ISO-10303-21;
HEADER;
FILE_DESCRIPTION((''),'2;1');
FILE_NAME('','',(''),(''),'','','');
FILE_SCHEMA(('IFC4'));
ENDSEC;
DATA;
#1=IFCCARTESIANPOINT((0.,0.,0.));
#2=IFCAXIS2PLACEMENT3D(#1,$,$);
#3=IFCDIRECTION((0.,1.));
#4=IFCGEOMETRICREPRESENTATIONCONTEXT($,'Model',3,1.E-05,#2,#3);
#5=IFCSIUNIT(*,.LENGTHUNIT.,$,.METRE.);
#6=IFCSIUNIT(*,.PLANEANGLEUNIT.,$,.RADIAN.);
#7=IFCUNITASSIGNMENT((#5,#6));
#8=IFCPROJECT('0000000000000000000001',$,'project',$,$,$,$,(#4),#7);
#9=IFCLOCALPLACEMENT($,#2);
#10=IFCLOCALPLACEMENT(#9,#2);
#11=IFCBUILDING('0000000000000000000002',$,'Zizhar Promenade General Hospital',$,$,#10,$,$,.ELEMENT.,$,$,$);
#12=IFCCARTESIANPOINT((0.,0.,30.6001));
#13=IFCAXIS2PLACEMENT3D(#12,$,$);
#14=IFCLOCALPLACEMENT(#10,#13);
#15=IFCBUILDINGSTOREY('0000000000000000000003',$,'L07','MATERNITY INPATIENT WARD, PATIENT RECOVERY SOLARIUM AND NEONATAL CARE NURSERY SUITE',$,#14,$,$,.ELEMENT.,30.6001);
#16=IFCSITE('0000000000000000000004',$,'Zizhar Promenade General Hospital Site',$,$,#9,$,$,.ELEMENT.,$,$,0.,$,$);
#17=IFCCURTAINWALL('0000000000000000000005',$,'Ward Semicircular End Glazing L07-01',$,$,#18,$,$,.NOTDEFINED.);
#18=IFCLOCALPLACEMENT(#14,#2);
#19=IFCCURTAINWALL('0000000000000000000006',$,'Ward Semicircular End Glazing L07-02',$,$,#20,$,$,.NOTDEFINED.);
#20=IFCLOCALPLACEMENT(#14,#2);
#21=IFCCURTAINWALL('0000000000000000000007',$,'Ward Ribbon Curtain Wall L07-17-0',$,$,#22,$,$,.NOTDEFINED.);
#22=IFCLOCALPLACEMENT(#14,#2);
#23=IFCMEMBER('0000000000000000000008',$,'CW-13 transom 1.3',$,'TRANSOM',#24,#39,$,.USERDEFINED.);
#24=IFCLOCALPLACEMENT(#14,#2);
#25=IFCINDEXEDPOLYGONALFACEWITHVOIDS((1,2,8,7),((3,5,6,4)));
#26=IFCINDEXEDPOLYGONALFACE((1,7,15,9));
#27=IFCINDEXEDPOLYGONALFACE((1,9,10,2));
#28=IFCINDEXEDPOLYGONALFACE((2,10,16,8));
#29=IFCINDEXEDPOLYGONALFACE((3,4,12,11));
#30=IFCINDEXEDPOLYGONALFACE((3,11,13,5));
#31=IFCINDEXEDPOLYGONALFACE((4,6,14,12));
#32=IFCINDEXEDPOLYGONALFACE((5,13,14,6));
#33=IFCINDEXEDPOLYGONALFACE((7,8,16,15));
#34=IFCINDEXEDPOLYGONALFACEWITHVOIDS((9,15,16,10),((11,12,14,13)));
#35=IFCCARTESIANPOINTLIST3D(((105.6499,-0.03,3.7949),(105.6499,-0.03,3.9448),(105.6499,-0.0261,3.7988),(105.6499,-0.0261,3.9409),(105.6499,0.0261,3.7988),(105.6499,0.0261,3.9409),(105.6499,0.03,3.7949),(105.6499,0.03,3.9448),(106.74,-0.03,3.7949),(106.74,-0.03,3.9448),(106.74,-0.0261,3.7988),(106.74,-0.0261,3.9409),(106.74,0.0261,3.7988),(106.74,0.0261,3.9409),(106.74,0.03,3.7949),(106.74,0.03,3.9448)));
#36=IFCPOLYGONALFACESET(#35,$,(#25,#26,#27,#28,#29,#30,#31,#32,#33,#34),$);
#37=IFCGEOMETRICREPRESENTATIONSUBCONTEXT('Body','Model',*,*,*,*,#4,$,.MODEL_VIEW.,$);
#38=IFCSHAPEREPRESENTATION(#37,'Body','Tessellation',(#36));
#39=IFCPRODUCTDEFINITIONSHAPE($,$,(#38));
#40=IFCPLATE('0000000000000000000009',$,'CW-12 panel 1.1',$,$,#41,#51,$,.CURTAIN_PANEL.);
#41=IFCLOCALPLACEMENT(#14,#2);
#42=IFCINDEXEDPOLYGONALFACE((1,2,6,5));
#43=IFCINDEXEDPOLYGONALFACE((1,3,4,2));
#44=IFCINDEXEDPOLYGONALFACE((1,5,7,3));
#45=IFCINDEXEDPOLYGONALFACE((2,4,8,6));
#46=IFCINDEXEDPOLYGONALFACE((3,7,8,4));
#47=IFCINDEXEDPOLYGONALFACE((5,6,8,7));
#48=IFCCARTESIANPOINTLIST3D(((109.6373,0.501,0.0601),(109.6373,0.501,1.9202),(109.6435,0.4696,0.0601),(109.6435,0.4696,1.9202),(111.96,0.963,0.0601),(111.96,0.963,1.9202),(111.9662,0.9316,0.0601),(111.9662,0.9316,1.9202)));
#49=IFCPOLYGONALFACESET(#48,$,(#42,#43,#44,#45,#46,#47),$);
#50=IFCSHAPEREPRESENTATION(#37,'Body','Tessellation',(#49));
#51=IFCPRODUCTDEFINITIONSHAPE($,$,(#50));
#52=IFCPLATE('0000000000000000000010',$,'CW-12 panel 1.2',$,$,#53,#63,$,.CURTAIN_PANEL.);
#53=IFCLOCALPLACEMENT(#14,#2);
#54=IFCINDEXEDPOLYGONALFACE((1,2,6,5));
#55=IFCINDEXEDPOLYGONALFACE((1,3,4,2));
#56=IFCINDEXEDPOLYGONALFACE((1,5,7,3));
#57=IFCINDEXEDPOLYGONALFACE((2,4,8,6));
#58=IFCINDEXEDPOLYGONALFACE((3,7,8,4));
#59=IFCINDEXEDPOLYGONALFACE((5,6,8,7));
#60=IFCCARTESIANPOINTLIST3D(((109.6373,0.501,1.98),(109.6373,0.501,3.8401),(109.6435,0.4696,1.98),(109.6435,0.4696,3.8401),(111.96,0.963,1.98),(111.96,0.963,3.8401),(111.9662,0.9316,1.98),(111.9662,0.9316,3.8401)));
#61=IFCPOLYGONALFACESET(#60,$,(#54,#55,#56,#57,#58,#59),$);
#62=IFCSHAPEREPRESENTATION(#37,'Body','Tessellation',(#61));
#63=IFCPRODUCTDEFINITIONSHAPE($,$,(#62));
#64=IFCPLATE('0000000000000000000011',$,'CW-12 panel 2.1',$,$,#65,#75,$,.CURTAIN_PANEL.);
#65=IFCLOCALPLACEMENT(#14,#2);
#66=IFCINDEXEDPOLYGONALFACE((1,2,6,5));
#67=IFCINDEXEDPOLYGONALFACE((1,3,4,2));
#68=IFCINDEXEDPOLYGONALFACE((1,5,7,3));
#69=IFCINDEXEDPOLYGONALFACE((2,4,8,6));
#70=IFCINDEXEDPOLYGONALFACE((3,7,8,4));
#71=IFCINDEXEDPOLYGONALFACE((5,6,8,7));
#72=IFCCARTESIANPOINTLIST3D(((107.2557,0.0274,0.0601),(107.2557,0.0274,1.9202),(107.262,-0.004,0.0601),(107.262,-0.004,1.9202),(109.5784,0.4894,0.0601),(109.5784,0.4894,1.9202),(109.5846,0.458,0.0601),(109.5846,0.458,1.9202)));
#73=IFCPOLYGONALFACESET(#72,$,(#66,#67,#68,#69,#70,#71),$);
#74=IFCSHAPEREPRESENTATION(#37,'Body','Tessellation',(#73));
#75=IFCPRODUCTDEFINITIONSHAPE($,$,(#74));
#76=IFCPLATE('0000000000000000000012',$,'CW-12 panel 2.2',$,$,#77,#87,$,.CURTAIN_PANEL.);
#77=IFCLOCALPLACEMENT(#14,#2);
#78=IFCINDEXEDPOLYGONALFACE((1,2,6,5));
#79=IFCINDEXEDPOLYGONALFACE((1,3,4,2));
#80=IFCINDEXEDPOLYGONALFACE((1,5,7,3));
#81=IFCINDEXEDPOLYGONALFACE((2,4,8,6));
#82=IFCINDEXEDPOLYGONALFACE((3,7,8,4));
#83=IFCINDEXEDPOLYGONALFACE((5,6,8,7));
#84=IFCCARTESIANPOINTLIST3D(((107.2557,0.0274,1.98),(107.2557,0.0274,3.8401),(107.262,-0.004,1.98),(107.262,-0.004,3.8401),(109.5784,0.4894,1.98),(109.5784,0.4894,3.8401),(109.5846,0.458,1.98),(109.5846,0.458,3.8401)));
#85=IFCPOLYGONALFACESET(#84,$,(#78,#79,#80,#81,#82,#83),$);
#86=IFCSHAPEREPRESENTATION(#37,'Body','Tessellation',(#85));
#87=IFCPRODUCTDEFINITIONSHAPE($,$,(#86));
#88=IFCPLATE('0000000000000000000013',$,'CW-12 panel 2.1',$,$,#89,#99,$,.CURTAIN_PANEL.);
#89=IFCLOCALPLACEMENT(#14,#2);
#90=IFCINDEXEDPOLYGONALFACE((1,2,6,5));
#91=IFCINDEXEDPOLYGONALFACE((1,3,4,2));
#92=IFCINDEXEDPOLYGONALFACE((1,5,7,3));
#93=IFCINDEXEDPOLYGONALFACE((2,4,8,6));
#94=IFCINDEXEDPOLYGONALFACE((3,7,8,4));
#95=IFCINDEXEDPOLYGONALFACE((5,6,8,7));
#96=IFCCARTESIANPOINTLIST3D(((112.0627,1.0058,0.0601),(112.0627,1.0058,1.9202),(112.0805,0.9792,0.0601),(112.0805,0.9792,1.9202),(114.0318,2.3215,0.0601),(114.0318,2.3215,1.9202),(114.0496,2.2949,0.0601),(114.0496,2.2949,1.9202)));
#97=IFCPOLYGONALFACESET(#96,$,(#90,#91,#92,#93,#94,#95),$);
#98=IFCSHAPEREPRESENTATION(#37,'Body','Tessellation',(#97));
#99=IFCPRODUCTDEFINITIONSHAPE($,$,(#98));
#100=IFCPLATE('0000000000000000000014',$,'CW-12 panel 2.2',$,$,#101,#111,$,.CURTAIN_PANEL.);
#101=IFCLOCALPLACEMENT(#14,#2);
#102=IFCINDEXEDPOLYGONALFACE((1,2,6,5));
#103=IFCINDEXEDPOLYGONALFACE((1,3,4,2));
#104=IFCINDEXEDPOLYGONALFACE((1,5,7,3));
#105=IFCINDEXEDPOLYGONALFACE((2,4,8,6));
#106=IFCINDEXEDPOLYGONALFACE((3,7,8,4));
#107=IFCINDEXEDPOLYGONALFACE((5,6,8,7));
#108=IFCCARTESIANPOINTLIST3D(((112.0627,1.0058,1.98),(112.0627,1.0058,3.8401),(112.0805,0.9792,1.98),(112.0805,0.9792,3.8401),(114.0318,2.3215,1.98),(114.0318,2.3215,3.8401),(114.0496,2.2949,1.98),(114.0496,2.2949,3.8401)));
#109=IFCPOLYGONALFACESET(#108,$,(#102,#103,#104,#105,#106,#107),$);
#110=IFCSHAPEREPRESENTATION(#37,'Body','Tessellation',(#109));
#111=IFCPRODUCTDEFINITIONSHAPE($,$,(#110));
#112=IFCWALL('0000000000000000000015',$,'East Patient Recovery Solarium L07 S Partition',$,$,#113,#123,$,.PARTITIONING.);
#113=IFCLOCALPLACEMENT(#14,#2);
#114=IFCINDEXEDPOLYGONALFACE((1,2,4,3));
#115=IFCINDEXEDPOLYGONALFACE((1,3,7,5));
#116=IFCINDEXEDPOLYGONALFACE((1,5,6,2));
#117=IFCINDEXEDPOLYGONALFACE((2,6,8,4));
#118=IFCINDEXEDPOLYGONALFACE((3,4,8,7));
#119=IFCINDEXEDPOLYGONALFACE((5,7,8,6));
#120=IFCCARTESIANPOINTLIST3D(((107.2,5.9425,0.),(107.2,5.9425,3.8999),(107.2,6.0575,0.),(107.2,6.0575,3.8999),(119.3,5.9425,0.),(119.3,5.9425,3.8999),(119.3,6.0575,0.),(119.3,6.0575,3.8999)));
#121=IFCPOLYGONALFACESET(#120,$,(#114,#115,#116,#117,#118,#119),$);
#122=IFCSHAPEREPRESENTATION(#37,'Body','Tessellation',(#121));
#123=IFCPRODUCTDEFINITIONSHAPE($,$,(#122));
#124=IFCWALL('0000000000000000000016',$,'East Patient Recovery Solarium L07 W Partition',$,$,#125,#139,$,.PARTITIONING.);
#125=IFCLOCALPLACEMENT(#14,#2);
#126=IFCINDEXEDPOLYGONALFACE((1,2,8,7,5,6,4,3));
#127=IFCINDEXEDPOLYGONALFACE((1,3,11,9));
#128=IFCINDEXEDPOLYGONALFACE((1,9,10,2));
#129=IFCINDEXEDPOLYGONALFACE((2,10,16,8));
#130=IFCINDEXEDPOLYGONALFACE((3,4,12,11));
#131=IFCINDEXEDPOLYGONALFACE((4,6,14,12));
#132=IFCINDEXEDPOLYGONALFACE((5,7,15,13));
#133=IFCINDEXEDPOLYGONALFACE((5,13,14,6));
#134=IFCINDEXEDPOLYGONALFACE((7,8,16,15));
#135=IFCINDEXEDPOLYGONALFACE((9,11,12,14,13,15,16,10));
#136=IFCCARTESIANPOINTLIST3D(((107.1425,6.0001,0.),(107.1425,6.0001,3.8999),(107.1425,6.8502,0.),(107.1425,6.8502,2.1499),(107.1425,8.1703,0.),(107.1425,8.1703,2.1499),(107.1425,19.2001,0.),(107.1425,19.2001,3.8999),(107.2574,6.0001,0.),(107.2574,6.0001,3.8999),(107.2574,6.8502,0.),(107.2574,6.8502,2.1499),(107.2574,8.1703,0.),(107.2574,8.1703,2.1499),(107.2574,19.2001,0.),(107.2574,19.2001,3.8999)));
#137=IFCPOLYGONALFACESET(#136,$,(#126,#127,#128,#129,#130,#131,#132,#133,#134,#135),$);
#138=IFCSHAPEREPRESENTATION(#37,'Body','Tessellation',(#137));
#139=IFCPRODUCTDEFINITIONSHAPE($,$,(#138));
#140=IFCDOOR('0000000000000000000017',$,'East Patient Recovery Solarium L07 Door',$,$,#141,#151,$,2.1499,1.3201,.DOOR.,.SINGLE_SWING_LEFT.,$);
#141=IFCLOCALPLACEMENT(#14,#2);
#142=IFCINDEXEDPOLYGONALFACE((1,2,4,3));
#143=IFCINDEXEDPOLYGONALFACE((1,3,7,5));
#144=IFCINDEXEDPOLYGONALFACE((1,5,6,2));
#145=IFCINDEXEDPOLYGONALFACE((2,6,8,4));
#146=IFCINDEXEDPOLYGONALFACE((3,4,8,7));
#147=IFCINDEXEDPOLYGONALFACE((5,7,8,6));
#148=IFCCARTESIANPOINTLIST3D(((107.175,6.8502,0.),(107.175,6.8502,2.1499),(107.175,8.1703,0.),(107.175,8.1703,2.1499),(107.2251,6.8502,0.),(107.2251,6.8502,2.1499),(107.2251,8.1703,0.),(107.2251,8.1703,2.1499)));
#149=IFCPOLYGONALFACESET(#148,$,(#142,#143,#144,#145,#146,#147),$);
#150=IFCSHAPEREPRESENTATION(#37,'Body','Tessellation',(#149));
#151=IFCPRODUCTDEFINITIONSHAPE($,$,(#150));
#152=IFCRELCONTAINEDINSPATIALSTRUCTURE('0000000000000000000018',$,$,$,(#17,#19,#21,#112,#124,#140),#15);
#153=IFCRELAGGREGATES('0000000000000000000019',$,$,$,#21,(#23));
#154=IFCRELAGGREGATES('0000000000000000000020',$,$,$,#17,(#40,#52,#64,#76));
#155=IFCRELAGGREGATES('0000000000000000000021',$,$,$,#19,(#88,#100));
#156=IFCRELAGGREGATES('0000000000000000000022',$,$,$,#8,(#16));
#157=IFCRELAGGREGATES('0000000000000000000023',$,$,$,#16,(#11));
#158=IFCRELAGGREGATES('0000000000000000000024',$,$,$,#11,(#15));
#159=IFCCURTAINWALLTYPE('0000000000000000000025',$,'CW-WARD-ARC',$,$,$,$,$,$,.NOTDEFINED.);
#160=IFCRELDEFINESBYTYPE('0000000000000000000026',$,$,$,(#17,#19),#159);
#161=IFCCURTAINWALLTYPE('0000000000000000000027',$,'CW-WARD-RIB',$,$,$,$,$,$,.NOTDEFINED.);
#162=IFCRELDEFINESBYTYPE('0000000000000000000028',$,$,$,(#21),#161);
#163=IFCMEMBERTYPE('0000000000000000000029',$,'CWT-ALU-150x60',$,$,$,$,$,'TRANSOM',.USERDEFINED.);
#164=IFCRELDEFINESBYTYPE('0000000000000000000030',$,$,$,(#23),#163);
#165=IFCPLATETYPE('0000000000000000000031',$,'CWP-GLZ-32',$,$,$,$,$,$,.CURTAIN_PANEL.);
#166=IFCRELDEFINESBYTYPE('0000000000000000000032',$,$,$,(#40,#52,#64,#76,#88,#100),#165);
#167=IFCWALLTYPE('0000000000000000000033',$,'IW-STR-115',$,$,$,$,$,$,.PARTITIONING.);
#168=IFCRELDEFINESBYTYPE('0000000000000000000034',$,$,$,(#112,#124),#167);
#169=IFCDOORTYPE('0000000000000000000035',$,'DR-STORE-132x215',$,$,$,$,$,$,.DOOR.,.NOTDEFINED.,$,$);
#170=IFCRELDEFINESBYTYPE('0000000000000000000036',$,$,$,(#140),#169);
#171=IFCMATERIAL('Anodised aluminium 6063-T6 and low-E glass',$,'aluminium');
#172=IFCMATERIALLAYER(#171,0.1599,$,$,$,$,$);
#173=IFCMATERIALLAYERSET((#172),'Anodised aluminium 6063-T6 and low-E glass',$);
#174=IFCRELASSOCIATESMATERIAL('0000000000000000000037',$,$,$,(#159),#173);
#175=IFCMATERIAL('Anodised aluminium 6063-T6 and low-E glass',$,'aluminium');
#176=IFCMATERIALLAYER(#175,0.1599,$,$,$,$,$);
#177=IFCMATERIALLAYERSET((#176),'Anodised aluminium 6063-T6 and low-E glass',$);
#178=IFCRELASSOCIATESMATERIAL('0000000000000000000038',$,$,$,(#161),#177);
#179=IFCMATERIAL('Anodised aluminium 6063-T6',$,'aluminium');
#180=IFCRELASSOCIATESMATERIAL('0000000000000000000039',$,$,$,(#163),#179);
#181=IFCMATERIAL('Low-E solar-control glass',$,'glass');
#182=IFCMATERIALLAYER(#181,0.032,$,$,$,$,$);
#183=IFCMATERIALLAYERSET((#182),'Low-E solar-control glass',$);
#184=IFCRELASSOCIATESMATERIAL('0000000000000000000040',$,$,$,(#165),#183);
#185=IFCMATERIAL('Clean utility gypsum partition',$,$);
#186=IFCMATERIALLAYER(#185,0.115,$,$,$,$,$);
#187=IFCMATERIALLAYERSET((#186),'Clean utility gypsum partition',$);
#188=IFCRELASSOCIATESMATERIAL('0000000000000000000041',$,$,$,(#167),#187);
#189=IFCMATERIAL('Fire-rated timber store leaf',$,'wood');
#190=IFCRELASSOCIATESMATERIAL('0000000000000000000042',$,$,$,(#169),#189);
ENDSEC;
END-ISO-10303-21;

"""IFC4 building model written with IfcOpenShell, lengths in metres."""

from ifc_helpers import new_model, si_unit, direction, frame, frame_2d, origin, origin_2d, place, context, subcontext, project, spatial, rectangle, hollow_rectangle, extrude, material, layer, layer_set, material_profile, profile_set, type_object, element, fill, aggregate, save


model = new_model("IFC4")

# Units and contexts
model_context = context("Model", 3, precision=1e-05, world=origin(), true_north=direction((0.0, 1.0)))
body_context = subcontext(model_context, "Body", "Model", "MODEL_VIEW")
ifc_project = project(units=[si_unit("LENGTHUNIT", "METRE"), si_unit("PLANEANGLEUNIT", "RADIAN")], contexts=[model_context])

# Site, building, storey
site_placement = place(None, origin())
site = spatial("IfcSite", under=ifc_project, at=site_placement, Name="Zizhar Promenade General Hospital Site", CompositionType="ELEMENT", RefElevation=0.0)
building_placement = place(site_placement, origin())
building = spatial("IfcBuilding", under=site, at=building_placement, Name="Zizhar Promenade General Hospital", CompositionType="ELEMENT")
storey_placement = place(building_placement, frame((0.0, 0.0, 30.6001)))
storey = spatial("IfcBuildingStorey", under=building, at=storey_placement, Name="L07", Description="MATERNITY INPATIENT WARD, PATIENT RECOVERY SOLARIUM AND NEONATAL CARE NURSERY SUITE", CompositionType="ELEMENT", Elevation=30.6001)

# Curtain wall
ifc_material_1 = material(Name="Anodised aluminium 6063-T6 and low-E glass", Category="aluminium")
ifc_layer_1 = layer(ifc_material_1, 0.1599)
ifc_layer_set_1 = layer_set([ifc_layer_1], Name="Anodised aluminium 6063-T6 and low-E glass")
curtain_wall_type_1 = type_object("IfcCurtainWallType", Name="CW-WARD-ARC", PredefinedType="NOTDEFINED", material=ifc_layer_set_1)
curtain_wall_1_placement = place(storey_placement, origin())
curtain_wall_1 = element("IfcCurtainWall", 1, at=curtain_wall_1_placement, inside=storey, type_object=curtain_wall_type_1, Name="Ward Semicircular End Glazing L07-01", PredefinedType="NOTDEFINED")

# Curtain walls
curtain_wall_2_placement = place(storey_placement, origin())
curtain_wall_2 = element("IfcCurtainWall", 2, at=curtain_wall_2_placement, inside=storey, type_object=curtain_wall_type_1, Name="Ward Semicircular End Glazing L07-02", PredefinedType="NOTDEFINED")
ifc_material_2 = material(Name="Anodised aluminium 6063-T6 and low-E glass", Category="aluminium")
ifc_layer_2 = layer(ifc_material_2, 0.1599)
ifc_layer_set_2 = layer_set([ifc_layer_2], Name="Anodised aluminium 6063-T6 and low-E glass")
curtain_wall_type_2 = type_object("IfcCurtainWallType", Name="CW-WARD-RIB", PredefinedType="NOTDEFINED", material=ifc_layer_set_2)
curtain_wall_3_placement = place(storey_placement, origin())
curtain_wall_3 = element("IfcCurtainWall", 3, at=curtain_wall_3_placement, inside=storey, type_object=curtain_wall_type_2, Name="Ward Ribbon Curtain Wall L07-17-0", PredefinedType="NOTDEFINED")

# Member
ifc_material_3 = material(Name="Anodised aluminium 6063-T6", Category="aluminium")
ifc_material_profile_1 = material_profile(ifc_material_3, hollow_rectangle(XDim=0.0601, YDim=0.1499, WallThickness=0.0039, at=origin_2d()))
ifc_profile_set_1 = profile_set([ifc_material_profile_1], Name="Anodised aluminium 6063-T6")
member_type_1 = type_object("IfcMemberType", Name="CWT-ALU-150x60", ElementType="TRANSOM", PredefinedType="USERDEFINED", material=ifc_profile_set_1)
member_1_placement = place(storey_placement, frame((106.74, 0.0, 3.8699), z_axis=(-1.0, 0.0, 0.0), x_axis=(0.0, -1.0, 0.0)))
member_1 = element("IfcMember", 4, at=member_1_placement, type_object=member_type_1, Name="CW-13 transom 1.3", ObjectType="TRANSOM", PredefinedType="USERDEFINED", context=body_context, shape_type="SweptSolid", body=[
    extrude(hollow_rectangle(XDim=0.0601, YDim=0.1499, WallThickness=0.0039, at=origin_2d()), origin(), (0.0, 0.0, 1.0), 1.0901),
])
aggregate(curtain_wall_3, [member_1])

# Plates
ifc_material_4 = material(Name="Low-E solar-control glass", Category="glass")
ifc_layer_3 = layer(ifc_material_4, 0.032)
ifc_layer_set_3 = layer_set([ifc_layer_3], Name="Low-E solar-control glass")
plate_type = type_object("IfcPlateType", Name="CWP-GLZ-32", PredefinedType="CURTAIN_PANEL", material=ifc_layer_set_3)
plate_1_placement = place(storey_placement, frame((110.8018, 0.7163, 0.0601), z_axis=(0.0, 0.0, 1.0), x_axis=(-0.980786, -0.195087, 0.0)))
plate_1 = element("IfcPlate", 5, at=plate_1_placement, type_object=plate_type, Name="CW-12 panel 1.1", PredefinedType="CURTAIN_PANEL", context=body_context, shape_type="SweptSolid", body=[
    extrude(rectangle(XDim=2.3682, YDim=0.032, at=origin_2d()), origin(), (0.0, 0.0, 1.0), 1.8601),
])
plate_2_placement = place(storey_placement, frame((110.8018, 0.7163, 1.98), z_axis=(0.0, 0.0, 1.0), x_axis=(-0.980786, -0.195087, 0.0)))
plate_2 = element("IfcPlate", 6, at=plate_2_placement, type_object=plate_type, Name="CW-12 panel 1.2", PredefinedType="CURTAIN_PANEL", context=body_context, shape_type="SweptSolid", body=[
    extrude(rectangle(XDim=2.3682, YDim=0.032, at=origin_2d()), origin(), (0.0, 0.0, 1.0), 1.8601),
])
plate_3_placement = place(storey_placement, frame((108.4202, 0.2427, 0.0601), z_axis=(0.0, 0.0, 1.0), x_axis=(-0.980786, -0.195087, 0.0)))
plate_3 = element("IfcPlate", 7, at=plate_3_placement, type_object=plate_type, Name="CW-12 panel 2.1", PredefinedType="CURTAIN_PANEL", context=body_context, shape_type="SweptSolid", body=[
    extrude(rectangle(XDim=2.3682, YDim=0.032, at=origin_2d()), origin(), (0.0, 0.0, 1.0), 1.8601),
])
plate_4_placement = place(storey_placement, frame((108.4202, 0.2427, 1.98), z_axis=(0.0, 0.0, 1.0), x_axis=(-0.980786, -0.195087, 0.0)))
plate_4 = element("IfcPlate", 8, at=plate_4_placement, type_object=plate_type, Name="CW-12 panel 2.2", PredefinedType="CURTAIN_PANEL", context=body_context, shape_type="SweptSolid", body=[
    extrude(rectangle(XDim=2.3682, YDim=0.032, at=origin_2d()), origin(), (0.0, 0.0, 1.0), 1.8601),
])
aggregate(curtain_wall_1, [plate_1, plate_2, plate_3, plate_4])
plate_5_placement = place(storey_placement, frame((113.0562, 1.6504, 0.0601), z_axis=(0.0, 0.0, 1.0), x_axis=(-0.831462, -0.555582, 0.0)))
plate_5 = element("IfcPlate", 9, at=plate_5_placement, type_object=plate_type, Name="CW-12 panel 2.1", PredefinedType="CURTAIN_PANEL", context=body_context, shape_type="SweptSolid", body=[
    extrude(rectangle(XDim=2.3682, YDim=0.032, at=origin_2d()), origin(), (0.0, 0.0, 1.0), 1.8601),
])
plate_6_placement = place(storey_placement, frame((113.0562, 1.6504, 1.98), z_axis=(0.0, 0.0, 1.0), x_axis=(-0.831462, -0.555582, 0.0)))
plate_6 = element("IfcPlate", 10, at=plate_6_placement, type_object=plate_type, Name="CW-12 panel 2.2", PredefinedType="CURTAIN_PANEL", context=body_context, shape_type="SweptSolid", body=[
    extrude(rectangle(XDim=2.3682, YDim=0.032, at=origin_2d()), origin(), (0.0, 0.0, 1.0), 1.8601),
])
aggregate(curtain_wall_2, [plate_5, plate_6])

# Wall
ifc_material_5 = material(Name="Clean utility gypsum partition")
ifc_layer_4 = layer(ifc_material_5, 0.115)
ifc_layer_set_4 = layer_set([ifc_layer_4], Name="Clean utility gypsum partition")
wall_type = type_object("IfcWallType", Name="IW-STR-115", PredefinedType="PARTITIONING", material=ifc_layer_set_4)
wall_1_placement = place(storey_placement, frame((107.2, 6.0, 0.0), z_axis=(0.0, 0.0, 1.0), x_axis=(1.0, 0.0, 0.0)))
element("IfcWall", 11, at=wall_1_placement, inside=storey, type_object=wall_type, Name="East Patient Recovery Solarium L07 S Partition", PredefinedType="PARTITIONING", context=body_context, shape_type="SweptSolid", body=[
    extrude(rectangle(XDim=12.1001, YDim=0.115, at=frame_2d((6.05, 0.0))), origin(), (0.0, 0.0, 1.0), 3.8999),
])

# Wall, opening, door
wall_2_placement = place(storey_placement, frame((107.2, 6.0, 0.0), z_axis=(0.0, 0.0, 1.0), x_axis=(0.0, 1.0, 0.0)))
wall_2 = element("IfcWall", 12, at=wall_2_placement, inside=storey, type_object=wall_type, Name="East Patient Recovery Solarium L07 W Partition", PredefinedType="PARTITIONING", context=body_context, shape_type="SweptSolid", body=[
    extrude(rectangle(XDim=13.2, YDim=0.115, at=frame_2d((6.6001, 0.0))), origin(), (0.0, 0.0, 1.0), 3.8999),
])
opening_placement = place(wall_2_placement, frame((0.8501, 0.0, 0.0)))
opening = element("IfcOpeningElement", 13, at=opening_placement, cuts=wall_2, PredefinedType="OPENING", context=body_context, shape_type="SweptSolid", body=[
    extrude(rectangle(XDim=1.3201, YDim=2.1499, at=frame_2d((0.6602, 1.075))), frame((0.0, 0.0674, 0.0), z_axis=(0.0, -1.0, 0.0), x_axis=(1.0, 0.0, 0.0)), (0.0, 0.0, 1.0), 0.135),
])
ifc_material_6 = material(Name="Fire-rated timber store leaf", Category="wood")
door_type = type_object("IfcDoorType", Name="DR-STORE-132x215", OperationType="NOTDEFINED", PredefinedType="DOOR", material=ifc_material_6)
door_placement = place(opening_placement, origin())
door = element("IfcDoor", 14, at=door_placement, inside=storey, type_object=door_type, Name="East Patient Recovery Solarium L07 Door", OperationType="SINGLE_SWING_LEFT", OverallHeight=2.1499, OverallWidth=1.3201, PredefinedType="DOOR", context=body_context, shape_type="SweptSolid", body=[
    extrude(rectangle(XDim=1.3201, YDim=2.1499, at=frame_2d((0.6602, 1.075))), frame((0.0, 0.0249, 0.0), z_axis=(0.0, -1.0, 0.0), x_axis=(1.0, 0.0, 0.0)), (0.0, 0.0, 1.0), 0.05),
])
fill(opening, door)

save(model, "model.ifc")
